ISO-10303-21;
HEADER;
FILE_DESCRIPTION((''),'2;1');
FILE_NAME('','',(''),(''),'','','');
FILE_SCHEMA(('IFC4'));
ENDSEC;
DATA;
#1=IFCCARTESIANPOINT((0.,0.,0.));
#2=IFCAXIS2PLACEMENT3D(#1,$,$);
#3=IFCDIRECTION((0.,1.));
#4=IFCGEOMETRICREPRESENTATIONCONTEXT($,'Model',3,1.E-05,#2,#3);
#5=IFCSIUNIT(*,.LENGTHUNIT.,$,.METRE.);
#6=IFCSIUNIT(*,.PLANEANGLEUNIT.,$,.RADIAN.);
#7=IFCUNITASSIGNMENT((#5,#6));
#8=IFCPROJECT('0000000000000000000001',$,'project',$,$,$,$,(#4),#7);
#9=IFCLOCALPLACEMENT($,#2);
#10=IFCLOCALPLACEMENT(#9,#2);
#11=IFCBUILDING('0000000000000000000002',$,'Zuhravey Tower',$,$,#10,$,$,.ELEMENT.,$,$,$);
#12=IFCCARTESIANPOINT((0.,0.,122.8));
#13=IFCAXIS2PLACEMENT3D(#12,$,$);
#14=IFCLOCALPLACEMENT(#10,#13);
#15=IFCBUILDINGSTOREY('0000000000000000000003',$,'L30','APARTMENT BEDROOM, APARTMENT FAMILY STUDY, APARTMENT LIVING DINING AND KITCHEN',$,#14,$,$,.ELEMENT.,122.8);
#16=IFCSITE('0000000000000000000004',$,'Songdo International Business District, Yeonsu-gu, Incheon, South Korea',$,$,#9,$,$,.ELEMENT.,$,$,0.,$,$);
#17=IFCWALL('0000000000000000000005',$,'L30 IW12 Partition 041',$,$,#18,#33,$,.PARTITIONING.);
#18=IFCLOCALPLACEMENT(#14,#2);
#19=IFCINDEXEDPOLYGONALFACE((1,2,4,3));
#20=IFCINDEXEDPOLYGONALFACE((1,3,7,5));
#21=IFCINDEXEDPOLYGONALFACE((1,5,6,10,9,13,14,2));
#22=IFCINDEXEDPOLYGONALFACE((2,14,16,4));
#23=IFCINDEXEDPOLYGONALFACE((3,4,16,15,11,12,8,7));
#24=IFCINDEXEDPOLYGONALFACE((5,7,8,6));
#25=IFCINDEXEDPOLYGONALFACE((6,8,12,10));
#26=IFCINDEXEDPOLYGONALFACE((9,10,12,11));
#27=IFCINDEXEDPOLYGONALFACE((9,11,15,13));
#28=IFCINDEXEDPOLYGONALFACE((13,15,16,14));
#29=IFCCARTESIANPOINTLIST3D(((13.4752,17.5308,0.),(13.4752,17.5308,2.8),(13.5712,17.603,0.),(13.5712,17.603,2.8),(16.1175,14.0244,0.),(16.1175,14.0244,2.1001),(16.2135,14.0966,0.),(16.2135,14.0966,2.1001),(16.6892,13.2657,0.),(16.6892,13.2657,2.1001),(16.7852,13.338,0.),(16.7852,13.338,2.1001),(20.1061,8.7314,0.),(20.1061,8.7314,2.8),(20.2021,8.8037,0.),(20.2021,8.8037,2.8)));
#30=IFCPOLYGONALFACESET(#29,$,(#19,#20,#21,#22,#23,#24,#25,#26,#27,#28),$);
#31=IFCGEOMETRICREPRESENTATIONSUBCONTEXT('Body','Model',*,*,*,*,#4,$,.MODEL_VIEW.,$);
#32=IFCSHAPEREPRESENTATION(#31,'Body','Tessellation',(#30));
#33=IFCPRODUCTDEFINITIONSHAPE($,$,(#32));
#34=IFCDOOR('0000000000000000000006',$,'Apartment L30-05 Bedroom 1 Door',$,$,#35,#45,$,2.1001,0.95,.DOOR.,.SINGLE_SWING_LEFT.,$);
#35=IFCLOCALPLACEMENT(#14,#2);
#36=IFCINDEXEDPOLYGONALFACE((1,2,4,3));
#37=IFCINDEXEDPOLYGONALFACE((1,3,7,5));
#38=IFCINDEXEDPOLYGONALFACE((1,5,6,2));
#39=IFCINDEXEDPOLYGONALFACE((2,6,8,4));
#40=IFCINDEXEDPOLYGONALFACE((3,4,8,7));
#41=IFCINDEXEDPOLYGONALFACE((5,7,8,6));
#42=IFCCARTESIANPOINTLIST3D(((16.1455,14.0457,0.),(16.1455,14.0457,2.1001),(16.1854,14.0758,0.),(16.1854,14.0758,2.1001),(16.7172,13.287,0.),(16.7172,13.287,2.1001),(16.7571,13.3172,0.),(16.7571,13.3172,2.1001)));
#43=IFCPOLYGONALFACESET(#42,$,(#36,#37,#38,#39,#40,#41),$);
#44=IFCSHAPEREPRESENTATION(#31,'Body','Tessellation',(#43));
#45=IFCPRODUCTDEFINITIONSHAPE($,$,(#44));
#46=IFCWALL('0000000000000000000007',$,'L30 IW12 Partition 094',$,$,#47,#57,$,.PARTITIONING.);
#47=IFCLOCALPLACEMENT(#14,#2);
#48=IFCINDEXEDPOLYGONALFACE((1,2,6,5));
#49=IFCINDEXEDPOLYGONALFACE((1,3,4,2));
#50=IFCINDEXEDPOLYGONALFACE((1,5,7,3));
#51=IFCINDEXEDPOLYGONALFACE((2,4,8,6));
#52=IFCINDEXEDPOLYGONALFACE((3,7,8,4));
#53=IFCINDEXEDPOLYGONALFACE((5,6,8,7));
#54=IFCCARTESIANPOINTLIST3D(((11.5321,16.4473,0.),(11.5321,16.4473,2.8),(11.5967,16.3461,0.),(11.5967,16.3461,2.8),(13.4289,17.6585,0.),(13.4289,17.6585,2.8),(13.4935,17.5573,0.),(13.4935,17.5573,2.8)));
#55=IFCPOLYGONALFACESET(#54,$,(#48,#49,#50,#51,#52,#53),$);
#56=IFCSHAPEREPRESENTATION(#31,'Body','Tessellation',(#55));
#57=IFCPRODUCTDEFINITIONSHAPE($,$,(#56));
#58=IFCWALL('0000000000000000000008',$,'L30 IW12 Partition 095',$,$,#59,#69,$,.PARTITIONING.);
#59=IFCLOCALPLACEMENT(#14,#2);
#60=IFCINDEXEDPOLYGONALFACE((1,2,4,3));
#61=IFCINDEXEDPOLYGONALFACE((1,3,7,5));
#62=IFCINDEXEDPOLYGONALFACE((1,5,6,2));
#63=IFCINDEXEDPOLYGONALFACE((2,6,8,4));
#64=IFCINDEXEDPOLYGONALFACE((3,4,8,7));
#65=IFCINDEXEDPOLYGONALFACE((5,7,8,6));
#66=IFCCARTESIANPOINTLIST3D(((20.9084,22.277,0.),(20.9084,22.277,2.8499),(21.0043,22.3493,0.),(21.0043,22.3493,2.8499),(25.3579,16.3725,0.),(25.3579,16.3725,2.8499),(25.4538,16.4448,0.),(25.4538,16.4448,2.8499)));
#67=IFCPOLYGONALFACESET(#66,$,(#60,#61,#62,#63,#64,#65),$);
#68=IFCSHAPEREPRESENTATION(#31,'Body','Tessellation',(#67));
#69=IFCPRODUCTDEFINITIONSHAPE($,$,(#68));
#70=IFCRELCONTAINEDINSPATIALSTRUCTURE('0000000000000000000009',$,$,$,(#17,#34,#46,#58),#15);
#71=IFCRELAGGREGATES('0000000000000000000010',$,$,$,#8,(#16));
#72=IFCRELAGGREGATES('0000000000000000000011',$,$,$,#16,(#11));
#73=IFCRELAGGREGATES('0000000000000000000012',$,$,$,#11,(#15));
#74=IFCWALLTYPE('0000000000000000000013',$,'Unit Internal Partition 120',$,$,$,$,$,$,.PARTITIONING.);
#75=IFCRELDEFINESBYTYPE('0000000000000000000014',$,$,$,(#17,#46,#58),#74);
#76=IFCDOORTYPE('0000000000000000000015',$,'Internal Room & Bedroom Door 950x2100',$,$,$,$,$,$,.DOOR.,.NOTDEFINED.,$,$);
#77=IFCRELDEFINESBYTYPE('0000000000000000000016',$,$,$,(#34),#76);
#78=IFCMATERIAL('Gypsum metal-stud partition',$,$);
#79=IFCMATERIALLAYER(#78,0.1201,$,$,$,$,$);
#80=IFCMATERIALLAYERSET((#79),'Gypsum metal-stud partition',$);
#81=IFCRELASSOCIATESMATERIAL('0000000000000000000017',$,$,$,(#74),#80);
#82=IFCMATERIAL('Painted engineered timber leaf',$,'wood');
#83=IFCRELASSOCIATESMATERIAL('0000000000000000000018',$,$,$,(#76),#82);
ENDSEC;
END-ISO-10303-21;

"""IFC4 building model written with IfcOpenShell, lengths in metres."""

from ifc_helpers import new_model, si_unit, direction, frame, frame_2d, origin, place, context, subcontext, project, spatial, rectangle, extrude, material, layer, layer_set, type_object, element, fill, save


model = new_model("IFC4")

# Units and contexts
model_context = context("Model", 3, precision=1e-05, world=origin(), true_north=direction((0.0, 1.0)))
body_context = subcontext(model_context, "Body", "Model", "MODEL_VIEW")
ifc_project = project(units=[si_unit("LENGTHUNIT", "METRE"), si_unit("PLANEANGLEUNIT", "RADIAN")], contexts=[model_context])

# Site, building, storey
site_placement = place(None, origin())
site = spatial("IfcSite", under=ifc_project, at=site_placement, Name="Songdo International Business District, Yeonsu-gu, Incheon, South Korea", CompositionType="ELEMENT", RefElevation=0.0)
building_placement = place(site_placement, origin())
building = spatial("IfcBuilding", under=site, at=building_placement, Name="Zuhravey Tower", CompositionType="ELEMENT")
storey_placement = place(building_placement, frame((0.0, 0.0, 122.8)))
storey = spatial("IfcBuildingStorey", under=building, at=storey_placement, Name="L30", Description="APARTMENT BEDROOM, APARTMENT FAMILY STUDY, APARTMENT LIVING DINING AND KITCHEN", CompositionType="ELEMENT", Elevation=122.8)

# Wall, opening, door
ifc_material_1 = material(Name="Gypsum metal-stud partition")
ifc_layer_1 = layer(ifc_material_1, 0.1201)
ifc_layer_set_1 = layer_set([ifc_layer_1], Name="Gypsum metal-stud partition")
wall_type_1 = type_object("IfcWallType", Name="Unit Internal Partition 120", PredefinedType="PARTITIONING", material=ifc_layer_set_1)
ifc_material_2 = material(Name="Painted engineered timber leaf", Category="wood")
door_type_1 = type_object("IfcDoorType", Name="Internal Room & Bedroom Door 950x2100", OperationType="NOTDEFINED", PredefinedType="DOOR", material=ifc_material_2)
wall_1_placement = place(storey_placement, frame((13.5232, 17.5669, 0.0), z_axis=(0.0, 0.0, 1.0), x_axis=(0.601821, -0.798631, 0.0)))
wall_1 = element("IfcWall", 1, at=wall_1_placement, inside=storey, type_object=wall_type_1, Name="L30 IW12 Partition 041", PredefinedType="PARTITIONING", context=body_context, shape_type="SweptSolid", body=[
    extrude(rectangle(XDim=11.0181, YDim=0.1201, at=frame_2d((5.509, 0.0))), origin(), (0.0, 0.0, 1.0), 2.8),
])
opening_1_placement = place(wall_1_placement, frame((4.3904, 0.0, 0.0)))
opening_1 = element("IfcOpeningElement", 2, at=opening_1_placement, cuts=wall_1, PredefinedType="OPENING", context=body_context, shape_type="SweptSolid", body=[
    extrude(rectangle(XDim=0.95, YDim=2.1001, at=frame_2d((0.4751, 1.05))), frame((0.0, 0.072, 0.0), z_axis=(0.0, -1.0, 0.0), x_axis=(1.0, 0.0, 0.0)), (0.0, 0.0, 1.0), 0.144),
])
door_1_placement = place(opening_1_placement, frame((0.95, 0.0, 0.0), z_axis=(0.0, 0.0, 1.0), x_axis=(-1.0, 0.0, 0.0)))
door_1 = element("IfcDoor", 3, at=door_1_placement, inside=storey, type_object=door_type_1, Name="Apartment L30-05 Bedroom 1 Door", OperationType="SINGLE_SWING_LEFT", OverallHeight=2.1001, OverallWidth=0.95, PredefinedType="DOOR", context=body_context, shape_type="SweptSolid", body=[
    extrude(rectangle(XDim=0.95, YDim=2.1001, at=frame_2d((0.4751, 1.05))), frame((0.0, 0.0249, 0.0), z_axis=(0.0, -1.0, 0.0), x_axis=(1.0, 0.0, 0.0)), (0.0, 0.0, 1.0), 0.05),
])
fill(opening_1, door_1)

# Walls
wall_2_placement = place(storey_placement, frame((13.4612, 17.6079, 0.0), z_axis=(0.0, 0.0, 1.0), x_axis=(-0.842821, -0.538195, 0.0)))
element("IfcWall", 4, at=wall_2_placement, inside=storey, type_object=wall_type_1, Name="L30 IW12 Partition 094", PredefinedType="PARTITIONING", context=body_context, shape_type="SweptSolid", body=[
    extrude(rectangle(XDim=2.2505, YDim=0.1201, at=frame_2d((1.1252, 0.0))), origin(), (0.0, 0.0, 1.0), 2.8),
])
wall_3_placement = place(storey_placement, frame((20.9563, 22.3132, 0.0), z_axis=(0.0, 0.0, 1.0), x_axis=(0.601821, -0.798631, 0.0)))
element("IfcWall", 5, at=wall_3_placement, inside=storey, type_object=wall_type_1, Name="L30 IW12 Partition 095", PredefinedType="PARTITIONING", context=body_context, shape_type="SweptSolid", body=[
    extrude(rectangle(XDim=7.3933, YDim=0.1201, at=frame_2d((3.6968, 0.0))), origin(), (0.0, 0.0, 1.0), 2.8499),
])

save(model, "model.ifc")
